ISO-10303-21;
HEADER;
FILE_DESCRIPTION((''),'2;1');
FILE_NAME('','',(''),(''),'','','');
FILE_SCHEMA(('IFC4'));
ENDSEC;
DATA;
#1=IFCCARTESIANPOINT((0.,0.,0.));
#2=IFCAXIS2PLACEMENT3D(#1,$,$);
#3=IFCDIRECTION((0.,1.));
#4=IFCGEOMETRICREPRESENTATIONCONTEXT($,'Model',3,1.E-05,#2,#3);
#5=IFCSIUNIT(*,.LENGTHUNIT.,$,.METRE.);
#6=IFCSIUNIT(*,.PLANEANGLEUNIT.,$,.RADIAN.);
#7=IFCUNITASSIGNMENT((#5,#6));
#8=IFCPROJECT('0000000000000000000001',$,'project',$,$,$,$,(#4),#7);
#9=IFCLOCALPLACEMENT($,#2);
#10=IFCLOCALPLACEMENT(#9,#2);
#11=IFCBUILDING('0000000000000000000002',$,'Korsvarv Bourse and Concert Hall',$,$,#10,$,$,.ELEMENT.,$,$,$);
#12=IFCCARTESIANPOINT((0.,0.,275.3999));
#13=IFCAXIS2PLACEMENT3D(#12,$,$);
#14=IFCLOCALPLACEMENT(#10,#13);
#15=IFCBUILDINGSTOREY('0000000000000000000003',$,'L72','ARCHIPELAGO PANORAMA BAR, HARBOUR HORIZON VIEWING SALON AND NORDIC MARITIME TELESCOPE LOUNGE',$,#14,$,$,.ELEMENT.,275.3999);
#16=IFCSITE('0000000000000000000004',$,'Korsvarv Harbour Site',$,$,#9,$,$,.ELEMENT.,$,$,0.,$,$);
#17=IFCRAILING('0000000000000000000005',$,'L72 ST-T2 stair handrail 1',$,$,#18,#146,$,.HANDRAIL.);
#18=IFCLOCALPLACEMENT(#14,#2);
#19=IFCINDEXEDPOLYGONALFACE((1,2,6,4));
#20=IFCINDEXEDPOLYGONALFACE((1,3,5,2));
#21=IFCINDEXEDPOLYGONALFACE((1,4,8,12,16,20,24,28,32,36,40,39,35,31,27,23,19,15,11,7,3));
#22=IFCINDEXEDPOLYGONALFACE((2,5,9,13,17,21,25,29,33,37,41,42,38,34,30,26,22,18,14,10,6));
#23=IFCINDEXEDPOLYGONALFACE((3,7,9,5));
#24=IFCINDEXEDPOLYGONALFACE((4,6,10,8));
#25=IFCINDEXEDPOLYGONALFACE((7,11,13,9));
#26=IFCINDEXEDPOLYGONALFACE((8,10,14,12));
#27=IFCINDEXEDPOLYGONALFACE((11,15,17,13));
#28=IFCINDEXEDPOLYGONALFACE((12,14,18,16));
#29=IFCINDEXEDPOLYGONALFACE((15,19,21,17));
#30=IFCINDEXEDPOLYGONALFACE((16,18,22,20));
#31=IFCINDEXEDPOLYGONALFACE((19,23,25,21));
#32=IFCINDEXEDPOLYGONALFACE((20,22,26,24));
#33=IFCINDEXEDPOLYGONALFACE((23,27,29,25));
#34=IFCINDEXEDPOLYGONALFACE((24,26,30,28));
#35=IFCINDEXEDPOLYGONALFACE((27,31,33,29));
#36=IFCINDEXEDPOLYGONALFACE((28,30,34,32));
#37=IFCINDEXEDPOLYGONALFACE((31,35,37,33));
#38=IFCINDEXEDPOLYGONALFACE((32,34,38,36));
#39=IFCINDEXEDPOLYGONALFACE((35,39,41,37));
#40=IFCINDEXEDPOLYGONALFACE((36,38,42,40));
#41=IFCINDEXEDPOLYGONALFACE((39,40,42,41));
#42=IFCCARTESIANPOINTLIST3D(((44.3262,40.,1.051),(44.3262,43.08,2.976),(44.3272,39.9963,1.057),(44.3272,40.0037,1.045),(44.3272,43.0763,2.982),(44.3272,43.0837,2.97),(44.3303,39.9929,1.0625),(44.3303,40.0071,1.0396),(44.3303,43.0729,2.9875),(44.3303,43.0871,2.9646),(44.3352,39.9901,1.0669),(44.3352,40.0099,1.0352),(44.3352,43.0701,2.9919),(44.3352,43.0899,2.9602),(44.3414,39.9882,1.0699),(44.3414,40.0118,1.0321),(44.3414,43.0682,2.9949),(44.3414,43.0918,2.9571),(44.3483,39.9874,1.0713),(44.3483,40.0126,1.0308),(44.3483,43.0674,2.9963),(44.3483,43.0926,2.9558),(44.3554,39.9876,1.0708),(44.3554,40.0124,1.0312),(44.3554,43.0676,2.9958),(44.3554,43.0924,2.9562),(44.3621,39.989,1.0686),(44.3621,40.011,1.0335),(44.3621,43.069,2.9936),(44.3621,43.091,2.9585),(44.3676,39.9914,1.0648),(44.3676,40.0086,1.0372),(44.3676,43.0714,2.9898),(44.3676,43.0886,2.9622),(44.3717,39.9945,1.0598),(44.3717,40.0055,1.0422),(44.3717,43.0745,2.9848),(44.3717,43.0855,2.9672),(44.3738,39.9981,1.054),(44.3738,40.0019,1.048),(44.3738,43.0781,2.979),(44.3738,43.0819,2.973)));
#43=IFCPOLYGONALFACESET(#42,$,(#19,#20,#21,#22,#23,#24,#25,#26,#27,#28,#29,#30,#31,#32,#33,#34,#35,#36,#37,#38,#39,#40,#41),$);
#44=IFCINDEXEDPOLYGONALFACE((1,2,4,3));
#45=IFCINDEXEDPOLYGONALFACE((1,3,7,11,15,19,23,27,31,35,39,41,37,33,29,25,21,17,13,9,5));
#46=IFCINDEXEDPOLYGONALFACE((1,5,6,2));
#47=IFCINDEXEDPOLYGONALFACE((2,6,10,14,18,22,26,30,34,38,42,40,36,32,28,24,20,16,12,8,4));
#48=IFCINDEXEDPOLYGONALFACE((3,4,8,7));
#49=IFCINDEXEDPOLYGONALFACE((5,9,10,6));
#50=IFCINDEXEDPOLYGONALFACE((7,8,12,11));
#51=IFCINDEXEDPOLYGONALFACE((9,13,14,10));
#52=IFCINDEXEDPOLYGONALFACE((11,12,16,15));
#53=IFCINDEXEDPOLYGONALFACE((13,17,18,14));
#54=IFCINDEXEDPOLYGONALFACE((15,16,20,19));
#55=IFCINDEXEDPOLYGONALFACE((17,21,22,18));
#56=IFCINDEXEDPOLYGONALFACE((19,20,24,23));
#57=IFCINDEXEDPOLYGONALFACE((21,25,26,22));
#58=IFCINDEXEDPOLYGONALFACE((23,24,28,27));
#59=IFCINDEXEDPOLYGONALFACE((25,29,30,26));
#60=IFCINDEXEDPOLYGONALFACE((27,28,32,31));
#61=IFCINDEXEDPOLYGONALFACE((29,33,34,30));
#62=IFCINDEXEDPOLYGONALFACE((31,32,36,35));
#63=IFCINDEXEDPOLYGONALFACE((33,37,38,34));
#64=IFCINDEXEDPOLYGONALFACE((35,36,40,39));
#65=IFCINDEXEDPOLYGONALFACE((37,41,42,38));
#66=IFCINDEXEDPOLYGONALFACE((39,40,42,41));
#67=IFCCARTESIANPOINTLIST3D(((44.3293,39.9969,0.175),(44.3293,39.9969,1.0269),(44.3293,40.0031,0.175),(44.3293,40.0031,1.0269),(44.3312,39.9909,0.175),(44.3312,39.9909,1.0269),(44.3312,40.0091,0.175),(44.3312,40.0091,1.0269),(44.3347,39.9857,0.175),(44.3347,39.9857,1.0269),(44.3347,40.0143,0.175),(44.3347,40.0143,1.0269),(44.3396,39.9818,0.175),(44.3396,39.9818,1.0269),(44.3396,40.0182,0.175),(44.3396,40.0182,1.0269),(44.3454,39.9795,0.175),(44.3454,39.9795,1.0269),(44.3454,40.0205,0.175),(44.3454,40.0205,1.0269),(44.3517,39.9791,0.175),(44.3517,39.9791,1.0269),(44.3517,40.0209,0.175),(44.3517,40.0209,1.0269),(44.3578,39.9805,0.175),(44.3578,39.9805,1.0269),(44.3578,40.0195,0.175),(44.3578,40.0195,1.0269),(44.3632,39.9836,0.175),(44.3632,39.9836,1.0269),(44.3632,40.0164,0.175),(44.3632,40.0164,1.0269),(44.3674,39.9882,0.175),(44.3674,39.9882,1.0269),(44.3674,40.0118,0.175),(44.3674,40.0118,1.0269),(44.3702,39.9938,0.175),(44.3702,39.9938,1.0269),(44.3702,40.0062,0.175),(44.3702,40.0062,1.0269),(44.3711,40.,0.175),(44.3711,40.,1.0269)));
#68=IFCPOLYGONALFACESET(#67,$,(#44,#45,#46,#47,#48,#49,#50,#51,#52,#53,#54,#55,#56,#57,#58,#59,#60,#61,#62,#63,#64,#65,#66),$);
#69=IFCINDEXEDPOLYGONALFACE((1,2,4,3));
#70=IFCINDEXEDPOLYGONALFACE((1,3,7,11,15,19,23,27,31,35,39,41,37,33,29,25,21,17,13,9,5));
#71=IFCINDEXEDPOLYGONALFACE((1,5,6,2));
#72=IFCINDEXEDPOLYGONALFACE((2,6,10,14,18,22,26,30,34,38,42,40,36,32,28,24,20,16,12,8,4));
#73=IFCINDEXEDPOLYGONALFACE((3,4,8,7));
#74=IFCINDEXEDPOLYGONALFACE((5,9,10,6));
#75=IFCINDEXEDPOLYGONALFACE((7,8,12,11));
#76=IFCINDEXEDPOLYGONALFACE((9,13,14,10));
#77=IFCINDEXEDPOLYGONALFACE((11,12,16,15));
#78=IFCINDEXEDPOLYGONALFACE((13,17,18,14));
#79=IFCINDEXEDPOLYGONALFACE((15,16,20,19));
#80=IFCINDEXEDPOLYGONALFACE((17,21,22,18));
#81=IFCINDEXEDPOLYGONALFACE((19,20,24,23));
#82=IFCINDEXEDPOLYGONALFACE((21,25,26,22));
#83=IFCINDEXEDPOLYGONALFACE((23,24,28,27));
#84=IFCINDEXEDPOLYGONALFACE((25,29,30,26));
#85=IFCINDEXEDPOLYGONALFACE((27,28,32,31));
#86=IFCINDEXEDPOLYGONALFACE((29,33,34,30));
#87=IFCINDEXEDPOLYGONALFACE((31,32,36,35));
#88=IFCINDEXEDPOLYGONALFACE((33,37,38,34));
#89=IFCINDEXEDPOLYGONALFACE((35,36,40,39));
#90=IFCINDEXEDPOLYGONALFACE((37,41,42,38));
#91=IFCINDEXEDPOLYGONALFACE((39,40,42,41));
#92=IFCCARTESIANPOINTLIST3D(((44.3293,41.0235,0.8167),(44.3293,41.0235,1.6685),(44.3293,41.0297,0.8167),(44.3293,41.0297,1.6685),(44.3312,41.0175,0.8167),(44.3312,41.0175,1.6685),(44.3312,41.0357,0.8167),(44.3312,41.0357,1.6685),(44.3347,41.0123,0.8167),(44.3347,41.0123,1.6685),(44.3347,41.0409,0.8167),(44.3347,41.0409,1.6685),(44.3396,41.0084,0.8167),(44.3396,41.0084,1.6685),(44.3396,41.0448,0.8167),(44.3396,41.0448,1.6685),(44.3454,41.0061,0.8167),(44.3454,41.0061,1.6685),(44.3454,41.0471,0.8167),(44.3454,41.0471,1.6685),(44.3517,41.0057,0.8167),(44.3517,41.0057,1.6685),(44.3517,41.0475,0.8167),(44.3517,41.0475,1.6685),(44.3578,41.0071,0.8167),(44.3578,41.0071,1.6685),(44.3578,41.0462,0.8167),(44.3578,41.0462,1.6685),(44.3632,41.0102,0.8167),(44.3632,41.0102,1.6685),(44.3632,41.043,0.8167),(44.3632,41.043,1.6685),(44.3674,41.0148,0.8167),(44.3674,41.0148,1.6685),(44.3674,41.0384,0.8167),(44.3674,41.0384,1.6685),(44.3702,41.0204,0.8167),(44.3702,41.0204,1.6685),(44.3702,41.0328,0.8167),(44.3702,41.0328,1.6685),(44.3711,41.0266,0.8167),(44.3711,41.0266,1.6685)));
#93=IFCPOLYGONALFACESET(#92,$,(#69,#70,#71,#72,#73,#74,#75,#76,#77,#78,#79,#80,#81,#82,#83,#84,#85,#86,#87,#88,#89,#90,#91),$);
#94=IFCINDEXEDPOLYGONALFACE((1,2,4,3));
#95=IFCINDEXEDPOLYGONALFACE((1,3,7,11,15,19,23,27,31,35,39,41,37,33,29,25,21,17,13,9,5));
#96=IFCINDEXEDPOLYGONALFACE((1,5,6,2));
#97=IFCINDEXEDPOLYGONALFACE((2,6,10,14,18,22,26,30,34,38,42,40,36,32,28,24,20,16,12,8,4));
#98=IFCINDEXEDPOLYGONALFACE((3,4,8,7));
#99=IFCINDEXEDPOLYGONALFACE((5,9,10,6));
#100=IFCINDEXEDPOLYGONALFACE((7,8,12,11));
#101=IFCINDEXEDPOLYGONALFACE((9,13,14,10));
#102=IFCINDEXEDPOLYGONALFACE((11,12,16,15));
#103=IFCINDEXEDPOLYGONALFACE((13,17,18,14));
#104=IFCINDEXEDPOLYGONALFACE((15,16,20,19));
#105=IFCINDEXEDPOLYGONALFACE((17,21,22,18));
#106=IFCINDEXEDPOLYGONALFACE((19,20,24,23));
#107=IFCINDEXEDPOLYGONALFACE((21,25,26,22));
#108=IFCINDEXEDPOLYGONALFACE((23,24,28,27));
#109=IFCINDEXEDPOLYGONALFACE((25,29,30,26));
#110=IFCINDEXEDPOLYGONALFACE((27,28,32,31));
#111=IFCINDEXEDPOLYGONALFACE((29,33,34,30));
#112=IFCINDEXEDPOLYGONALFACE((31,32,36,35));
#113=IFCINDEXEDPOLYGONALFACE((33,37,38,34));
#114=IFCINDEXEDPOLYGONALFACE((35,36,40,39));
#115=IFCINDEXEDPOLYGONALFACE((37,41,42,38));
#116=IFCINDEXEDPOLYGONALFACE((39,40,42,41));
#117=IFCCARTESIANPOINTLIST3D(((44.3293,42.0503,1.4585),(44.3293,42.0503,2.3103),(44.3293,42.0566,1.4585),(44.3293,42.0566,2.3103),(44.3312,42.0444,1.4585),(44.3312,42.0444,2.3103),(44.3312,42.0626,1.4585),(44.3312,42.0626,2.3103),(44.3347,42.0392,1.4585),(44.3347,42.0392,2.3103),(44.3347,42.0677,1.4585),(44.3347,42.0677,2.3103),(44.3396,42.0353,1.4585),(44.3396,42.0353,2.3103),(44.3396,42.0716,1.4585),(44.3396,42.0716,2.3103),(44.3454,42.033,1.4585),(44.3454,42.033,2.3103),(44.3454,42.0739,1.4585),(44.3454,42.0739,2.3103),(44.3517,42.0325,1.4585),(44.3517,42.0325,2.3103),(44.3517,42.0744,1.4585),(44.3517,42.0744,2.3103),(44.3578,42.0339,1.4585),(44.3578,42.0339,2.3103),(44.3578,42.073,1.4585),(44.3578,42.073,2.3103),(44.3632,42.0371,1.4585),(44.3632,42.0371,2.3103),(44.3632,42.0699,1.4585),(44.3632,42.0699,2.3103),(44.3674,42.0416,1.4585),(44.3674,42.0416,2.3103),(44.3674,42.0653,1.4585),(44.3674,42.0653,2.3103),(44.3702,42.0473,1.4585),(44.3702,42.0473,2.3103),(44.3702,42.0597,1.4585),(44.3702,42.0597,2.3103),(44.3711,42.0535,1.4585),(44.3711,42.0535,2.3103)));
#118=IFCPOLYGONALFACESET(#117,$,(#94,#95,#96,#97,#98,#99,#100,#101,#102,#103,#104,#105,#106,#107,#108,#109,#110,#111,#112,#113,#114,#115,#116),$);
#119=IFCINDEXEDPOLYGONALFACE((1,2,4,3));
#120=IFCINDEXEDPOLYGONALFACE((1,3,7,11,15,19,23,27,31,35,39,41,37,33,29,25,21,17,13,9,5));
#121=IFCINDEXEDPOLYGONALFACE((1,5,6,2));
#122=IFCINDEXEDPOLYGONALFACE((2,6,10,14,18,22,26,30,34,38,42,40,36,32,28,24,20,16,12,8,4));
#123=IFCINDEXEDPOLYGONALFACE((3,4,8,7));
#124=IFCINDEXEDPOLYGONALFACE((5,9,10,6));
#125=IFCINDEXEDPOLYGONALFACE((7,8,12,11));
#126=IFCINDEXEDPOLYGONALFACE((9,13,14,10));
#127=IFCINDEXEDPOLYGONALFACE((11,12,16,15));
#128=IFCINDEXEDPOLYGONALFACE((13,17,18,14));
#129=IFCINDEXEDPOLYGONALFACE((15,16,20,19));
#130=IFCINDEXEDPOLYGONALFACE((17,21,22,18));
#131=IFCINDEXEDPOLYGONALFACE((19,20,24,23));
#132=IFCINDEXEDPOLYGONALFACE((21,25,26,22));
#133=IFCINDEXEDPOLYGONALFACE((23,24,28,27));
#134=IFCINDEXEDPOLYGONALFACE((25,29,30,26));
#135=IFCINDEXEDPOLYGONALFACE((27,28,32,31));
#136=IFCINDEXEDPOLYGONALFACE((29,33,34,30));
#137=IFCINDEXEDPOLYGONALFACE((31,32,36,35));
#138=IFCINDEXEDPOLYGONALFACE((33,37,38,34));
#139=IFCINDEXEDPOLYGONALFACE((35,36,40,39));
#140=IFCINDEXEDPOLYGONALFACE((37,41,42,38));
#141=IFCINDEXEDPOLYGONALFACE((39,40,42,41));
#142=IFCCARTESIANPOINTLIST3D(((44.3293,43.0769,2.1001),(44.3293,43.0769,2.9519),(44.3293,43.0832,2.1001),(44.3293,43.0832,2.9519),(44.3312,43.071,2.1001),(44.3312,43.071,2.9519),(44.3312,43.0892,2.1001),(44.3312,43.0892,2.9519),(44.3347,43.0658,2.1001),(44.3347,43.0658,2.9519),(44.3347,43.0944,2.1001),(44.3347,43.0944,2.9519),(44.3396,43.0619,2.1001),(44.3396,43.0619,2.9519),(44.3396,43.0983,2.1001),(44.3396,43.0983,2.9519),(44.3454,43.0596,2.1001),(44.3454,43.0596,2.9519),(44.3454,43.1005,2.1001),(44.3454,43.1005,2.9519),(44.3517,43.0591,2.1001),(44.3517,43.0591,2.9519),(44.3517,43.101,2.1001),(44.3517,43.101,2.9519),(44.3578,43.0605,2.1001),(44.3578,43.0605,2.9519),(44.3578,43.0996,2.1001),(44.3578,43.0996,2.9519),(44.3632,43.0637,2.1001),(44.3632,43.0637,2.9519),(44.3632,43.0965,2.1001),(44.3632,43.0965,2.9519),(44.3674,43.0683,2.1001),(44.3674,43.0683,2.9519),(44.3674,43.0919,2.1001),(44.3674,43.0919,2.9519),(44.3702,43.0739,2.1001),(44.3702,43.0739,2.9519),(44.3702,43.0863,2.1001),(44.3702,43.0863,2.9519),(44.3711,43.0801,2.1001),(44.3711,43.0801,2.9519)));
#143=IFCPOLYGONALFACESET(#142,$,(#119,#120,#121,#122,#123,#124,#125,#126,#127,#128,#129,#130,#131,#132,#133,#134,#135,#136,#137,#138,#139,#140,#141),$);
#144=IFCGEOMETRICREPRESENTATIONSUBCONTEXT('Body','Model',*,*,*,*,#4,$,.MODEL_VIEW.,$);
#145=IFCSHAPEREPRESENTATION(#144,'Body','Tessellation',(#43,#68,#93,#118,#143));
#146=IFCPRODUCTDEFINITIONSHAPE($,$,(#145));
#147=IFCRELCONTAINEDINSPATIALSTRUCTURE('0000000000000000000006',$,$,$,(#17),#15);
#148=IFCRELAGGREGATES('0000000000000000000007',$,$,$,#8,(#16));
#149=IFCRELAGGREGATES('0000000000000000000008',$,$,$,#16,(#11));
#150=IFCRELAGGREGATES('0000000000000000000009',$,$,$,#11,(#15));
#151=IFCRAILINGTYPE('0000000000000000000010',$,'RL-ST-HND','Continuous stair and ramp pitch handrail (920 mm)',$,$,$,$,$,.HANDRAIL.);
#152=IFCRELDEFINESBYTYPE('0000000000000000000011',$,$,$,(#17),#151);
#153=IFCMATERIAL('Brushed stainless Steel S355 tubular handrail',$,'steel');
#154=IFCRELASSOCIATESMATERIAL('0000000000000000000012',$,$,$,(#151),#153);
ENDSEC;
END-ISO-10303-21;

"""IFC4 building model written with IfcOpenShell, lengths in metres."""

from ifc_helpers import new_model, si_unit, direction, frame, origin, origin_2d, place, context, subcontext, project, spatial, circle, extrude, material, type_object, element, save


model = new_model("IFC4")

# Units and contexts
model_context = context("Model", 3, precision=1e-05, world=origin(), true_north=direction((0.0, 1.0)))
body_context = subcontext(model_context, "Body", "Model", "MODEL_VIEW")
ifc_project = project(units=[si_unit("LENGTHUNIT", "METRE"), si_unit("PLANEANGLEUNIT", "RADIAN")], contexts=[model_context])

# Site, building, storey
site_placement = place(None, origin())
site = spatial("IfcSite", under=ifc_project, at=site_placement, Name="Korsvarv Harbour Site", CompositionType="ELEMENT", RefElevation=0.0)
building_placement = place(site_placement, origin())
building = spatial("IfcBuilding", under=site, at=building_placement, Name="Korsvarv Bourse and Concert Hall", CompositionType="ELEMENT")
storey_placement = place(building_placement, frame((0.0, 0.0, 275.3999)))
storey = spatial("IfcBuildingStorey", under=building, at=storey_placement, Name="L72", Description="ARCHIPELAGO PANORAMA BAR, HARBOUR HORIZON VIEWING SALON AND NORDIC MARITIME TELESCOPE LOUNGE", CompositionType="ELEMENT", Elevation=275.3999)

# Railing
ifc_material_1 = material(Name="Brushed stainless Steel S355 tubular handrail", Category="steel")
railing_type_1 = type_object("IfcRailingType", Name="RL-ST-HND", Description="Continuous stair and ramp pitch handrail (920 mm)", PredefinedType="HANDRAIL", material=ifc_material_1)
railing_1_placement = place(storey_placement, frame((44.3501, 40.0, 0.175)))
element("IfcRailing", 1, at=railing_1_placement, inside=storey, type_object=railing_type_1, Name="L72 ST-T2 stair handrail 1", PredefinedType="HANDRAIL", context=body_context, shape_type="SweptSolid", body=[
    extrude(circle(Radius=0.0239, at=origin_2d()), frame((0.0, 0.0, 0.876), z_axis=(0.0, 0.847998, 0.529999), x_axis=(-1.0, 0.0, 0.0)), (0.0, 0.0, 1.0), 3.6321),
    extrude(circle(Radius=0.021, at=origin_2d()), origin(), (0.0, 0.0, 1.0), 0.8518),
    extrude(circle(Radius=0.021, at=origin_2d()), frame((0.0, 1.0266, 0.6416)), (0.0, 0.0, 1.0), 0.8518),
    extrude(circle(Radius=0.021, at=origin_2d()), frame((0.0, 2.0535, 1.2834)), (0.0, 0.0, 1.0), 0.8518),
    extrude(circle(Radius=0.021, at=origin_2d()), frame((0.0, 3.0801, 1.925)), (0.0, 0.0, 1.0), 0.8518),
])

save(model, "model.ifc")
